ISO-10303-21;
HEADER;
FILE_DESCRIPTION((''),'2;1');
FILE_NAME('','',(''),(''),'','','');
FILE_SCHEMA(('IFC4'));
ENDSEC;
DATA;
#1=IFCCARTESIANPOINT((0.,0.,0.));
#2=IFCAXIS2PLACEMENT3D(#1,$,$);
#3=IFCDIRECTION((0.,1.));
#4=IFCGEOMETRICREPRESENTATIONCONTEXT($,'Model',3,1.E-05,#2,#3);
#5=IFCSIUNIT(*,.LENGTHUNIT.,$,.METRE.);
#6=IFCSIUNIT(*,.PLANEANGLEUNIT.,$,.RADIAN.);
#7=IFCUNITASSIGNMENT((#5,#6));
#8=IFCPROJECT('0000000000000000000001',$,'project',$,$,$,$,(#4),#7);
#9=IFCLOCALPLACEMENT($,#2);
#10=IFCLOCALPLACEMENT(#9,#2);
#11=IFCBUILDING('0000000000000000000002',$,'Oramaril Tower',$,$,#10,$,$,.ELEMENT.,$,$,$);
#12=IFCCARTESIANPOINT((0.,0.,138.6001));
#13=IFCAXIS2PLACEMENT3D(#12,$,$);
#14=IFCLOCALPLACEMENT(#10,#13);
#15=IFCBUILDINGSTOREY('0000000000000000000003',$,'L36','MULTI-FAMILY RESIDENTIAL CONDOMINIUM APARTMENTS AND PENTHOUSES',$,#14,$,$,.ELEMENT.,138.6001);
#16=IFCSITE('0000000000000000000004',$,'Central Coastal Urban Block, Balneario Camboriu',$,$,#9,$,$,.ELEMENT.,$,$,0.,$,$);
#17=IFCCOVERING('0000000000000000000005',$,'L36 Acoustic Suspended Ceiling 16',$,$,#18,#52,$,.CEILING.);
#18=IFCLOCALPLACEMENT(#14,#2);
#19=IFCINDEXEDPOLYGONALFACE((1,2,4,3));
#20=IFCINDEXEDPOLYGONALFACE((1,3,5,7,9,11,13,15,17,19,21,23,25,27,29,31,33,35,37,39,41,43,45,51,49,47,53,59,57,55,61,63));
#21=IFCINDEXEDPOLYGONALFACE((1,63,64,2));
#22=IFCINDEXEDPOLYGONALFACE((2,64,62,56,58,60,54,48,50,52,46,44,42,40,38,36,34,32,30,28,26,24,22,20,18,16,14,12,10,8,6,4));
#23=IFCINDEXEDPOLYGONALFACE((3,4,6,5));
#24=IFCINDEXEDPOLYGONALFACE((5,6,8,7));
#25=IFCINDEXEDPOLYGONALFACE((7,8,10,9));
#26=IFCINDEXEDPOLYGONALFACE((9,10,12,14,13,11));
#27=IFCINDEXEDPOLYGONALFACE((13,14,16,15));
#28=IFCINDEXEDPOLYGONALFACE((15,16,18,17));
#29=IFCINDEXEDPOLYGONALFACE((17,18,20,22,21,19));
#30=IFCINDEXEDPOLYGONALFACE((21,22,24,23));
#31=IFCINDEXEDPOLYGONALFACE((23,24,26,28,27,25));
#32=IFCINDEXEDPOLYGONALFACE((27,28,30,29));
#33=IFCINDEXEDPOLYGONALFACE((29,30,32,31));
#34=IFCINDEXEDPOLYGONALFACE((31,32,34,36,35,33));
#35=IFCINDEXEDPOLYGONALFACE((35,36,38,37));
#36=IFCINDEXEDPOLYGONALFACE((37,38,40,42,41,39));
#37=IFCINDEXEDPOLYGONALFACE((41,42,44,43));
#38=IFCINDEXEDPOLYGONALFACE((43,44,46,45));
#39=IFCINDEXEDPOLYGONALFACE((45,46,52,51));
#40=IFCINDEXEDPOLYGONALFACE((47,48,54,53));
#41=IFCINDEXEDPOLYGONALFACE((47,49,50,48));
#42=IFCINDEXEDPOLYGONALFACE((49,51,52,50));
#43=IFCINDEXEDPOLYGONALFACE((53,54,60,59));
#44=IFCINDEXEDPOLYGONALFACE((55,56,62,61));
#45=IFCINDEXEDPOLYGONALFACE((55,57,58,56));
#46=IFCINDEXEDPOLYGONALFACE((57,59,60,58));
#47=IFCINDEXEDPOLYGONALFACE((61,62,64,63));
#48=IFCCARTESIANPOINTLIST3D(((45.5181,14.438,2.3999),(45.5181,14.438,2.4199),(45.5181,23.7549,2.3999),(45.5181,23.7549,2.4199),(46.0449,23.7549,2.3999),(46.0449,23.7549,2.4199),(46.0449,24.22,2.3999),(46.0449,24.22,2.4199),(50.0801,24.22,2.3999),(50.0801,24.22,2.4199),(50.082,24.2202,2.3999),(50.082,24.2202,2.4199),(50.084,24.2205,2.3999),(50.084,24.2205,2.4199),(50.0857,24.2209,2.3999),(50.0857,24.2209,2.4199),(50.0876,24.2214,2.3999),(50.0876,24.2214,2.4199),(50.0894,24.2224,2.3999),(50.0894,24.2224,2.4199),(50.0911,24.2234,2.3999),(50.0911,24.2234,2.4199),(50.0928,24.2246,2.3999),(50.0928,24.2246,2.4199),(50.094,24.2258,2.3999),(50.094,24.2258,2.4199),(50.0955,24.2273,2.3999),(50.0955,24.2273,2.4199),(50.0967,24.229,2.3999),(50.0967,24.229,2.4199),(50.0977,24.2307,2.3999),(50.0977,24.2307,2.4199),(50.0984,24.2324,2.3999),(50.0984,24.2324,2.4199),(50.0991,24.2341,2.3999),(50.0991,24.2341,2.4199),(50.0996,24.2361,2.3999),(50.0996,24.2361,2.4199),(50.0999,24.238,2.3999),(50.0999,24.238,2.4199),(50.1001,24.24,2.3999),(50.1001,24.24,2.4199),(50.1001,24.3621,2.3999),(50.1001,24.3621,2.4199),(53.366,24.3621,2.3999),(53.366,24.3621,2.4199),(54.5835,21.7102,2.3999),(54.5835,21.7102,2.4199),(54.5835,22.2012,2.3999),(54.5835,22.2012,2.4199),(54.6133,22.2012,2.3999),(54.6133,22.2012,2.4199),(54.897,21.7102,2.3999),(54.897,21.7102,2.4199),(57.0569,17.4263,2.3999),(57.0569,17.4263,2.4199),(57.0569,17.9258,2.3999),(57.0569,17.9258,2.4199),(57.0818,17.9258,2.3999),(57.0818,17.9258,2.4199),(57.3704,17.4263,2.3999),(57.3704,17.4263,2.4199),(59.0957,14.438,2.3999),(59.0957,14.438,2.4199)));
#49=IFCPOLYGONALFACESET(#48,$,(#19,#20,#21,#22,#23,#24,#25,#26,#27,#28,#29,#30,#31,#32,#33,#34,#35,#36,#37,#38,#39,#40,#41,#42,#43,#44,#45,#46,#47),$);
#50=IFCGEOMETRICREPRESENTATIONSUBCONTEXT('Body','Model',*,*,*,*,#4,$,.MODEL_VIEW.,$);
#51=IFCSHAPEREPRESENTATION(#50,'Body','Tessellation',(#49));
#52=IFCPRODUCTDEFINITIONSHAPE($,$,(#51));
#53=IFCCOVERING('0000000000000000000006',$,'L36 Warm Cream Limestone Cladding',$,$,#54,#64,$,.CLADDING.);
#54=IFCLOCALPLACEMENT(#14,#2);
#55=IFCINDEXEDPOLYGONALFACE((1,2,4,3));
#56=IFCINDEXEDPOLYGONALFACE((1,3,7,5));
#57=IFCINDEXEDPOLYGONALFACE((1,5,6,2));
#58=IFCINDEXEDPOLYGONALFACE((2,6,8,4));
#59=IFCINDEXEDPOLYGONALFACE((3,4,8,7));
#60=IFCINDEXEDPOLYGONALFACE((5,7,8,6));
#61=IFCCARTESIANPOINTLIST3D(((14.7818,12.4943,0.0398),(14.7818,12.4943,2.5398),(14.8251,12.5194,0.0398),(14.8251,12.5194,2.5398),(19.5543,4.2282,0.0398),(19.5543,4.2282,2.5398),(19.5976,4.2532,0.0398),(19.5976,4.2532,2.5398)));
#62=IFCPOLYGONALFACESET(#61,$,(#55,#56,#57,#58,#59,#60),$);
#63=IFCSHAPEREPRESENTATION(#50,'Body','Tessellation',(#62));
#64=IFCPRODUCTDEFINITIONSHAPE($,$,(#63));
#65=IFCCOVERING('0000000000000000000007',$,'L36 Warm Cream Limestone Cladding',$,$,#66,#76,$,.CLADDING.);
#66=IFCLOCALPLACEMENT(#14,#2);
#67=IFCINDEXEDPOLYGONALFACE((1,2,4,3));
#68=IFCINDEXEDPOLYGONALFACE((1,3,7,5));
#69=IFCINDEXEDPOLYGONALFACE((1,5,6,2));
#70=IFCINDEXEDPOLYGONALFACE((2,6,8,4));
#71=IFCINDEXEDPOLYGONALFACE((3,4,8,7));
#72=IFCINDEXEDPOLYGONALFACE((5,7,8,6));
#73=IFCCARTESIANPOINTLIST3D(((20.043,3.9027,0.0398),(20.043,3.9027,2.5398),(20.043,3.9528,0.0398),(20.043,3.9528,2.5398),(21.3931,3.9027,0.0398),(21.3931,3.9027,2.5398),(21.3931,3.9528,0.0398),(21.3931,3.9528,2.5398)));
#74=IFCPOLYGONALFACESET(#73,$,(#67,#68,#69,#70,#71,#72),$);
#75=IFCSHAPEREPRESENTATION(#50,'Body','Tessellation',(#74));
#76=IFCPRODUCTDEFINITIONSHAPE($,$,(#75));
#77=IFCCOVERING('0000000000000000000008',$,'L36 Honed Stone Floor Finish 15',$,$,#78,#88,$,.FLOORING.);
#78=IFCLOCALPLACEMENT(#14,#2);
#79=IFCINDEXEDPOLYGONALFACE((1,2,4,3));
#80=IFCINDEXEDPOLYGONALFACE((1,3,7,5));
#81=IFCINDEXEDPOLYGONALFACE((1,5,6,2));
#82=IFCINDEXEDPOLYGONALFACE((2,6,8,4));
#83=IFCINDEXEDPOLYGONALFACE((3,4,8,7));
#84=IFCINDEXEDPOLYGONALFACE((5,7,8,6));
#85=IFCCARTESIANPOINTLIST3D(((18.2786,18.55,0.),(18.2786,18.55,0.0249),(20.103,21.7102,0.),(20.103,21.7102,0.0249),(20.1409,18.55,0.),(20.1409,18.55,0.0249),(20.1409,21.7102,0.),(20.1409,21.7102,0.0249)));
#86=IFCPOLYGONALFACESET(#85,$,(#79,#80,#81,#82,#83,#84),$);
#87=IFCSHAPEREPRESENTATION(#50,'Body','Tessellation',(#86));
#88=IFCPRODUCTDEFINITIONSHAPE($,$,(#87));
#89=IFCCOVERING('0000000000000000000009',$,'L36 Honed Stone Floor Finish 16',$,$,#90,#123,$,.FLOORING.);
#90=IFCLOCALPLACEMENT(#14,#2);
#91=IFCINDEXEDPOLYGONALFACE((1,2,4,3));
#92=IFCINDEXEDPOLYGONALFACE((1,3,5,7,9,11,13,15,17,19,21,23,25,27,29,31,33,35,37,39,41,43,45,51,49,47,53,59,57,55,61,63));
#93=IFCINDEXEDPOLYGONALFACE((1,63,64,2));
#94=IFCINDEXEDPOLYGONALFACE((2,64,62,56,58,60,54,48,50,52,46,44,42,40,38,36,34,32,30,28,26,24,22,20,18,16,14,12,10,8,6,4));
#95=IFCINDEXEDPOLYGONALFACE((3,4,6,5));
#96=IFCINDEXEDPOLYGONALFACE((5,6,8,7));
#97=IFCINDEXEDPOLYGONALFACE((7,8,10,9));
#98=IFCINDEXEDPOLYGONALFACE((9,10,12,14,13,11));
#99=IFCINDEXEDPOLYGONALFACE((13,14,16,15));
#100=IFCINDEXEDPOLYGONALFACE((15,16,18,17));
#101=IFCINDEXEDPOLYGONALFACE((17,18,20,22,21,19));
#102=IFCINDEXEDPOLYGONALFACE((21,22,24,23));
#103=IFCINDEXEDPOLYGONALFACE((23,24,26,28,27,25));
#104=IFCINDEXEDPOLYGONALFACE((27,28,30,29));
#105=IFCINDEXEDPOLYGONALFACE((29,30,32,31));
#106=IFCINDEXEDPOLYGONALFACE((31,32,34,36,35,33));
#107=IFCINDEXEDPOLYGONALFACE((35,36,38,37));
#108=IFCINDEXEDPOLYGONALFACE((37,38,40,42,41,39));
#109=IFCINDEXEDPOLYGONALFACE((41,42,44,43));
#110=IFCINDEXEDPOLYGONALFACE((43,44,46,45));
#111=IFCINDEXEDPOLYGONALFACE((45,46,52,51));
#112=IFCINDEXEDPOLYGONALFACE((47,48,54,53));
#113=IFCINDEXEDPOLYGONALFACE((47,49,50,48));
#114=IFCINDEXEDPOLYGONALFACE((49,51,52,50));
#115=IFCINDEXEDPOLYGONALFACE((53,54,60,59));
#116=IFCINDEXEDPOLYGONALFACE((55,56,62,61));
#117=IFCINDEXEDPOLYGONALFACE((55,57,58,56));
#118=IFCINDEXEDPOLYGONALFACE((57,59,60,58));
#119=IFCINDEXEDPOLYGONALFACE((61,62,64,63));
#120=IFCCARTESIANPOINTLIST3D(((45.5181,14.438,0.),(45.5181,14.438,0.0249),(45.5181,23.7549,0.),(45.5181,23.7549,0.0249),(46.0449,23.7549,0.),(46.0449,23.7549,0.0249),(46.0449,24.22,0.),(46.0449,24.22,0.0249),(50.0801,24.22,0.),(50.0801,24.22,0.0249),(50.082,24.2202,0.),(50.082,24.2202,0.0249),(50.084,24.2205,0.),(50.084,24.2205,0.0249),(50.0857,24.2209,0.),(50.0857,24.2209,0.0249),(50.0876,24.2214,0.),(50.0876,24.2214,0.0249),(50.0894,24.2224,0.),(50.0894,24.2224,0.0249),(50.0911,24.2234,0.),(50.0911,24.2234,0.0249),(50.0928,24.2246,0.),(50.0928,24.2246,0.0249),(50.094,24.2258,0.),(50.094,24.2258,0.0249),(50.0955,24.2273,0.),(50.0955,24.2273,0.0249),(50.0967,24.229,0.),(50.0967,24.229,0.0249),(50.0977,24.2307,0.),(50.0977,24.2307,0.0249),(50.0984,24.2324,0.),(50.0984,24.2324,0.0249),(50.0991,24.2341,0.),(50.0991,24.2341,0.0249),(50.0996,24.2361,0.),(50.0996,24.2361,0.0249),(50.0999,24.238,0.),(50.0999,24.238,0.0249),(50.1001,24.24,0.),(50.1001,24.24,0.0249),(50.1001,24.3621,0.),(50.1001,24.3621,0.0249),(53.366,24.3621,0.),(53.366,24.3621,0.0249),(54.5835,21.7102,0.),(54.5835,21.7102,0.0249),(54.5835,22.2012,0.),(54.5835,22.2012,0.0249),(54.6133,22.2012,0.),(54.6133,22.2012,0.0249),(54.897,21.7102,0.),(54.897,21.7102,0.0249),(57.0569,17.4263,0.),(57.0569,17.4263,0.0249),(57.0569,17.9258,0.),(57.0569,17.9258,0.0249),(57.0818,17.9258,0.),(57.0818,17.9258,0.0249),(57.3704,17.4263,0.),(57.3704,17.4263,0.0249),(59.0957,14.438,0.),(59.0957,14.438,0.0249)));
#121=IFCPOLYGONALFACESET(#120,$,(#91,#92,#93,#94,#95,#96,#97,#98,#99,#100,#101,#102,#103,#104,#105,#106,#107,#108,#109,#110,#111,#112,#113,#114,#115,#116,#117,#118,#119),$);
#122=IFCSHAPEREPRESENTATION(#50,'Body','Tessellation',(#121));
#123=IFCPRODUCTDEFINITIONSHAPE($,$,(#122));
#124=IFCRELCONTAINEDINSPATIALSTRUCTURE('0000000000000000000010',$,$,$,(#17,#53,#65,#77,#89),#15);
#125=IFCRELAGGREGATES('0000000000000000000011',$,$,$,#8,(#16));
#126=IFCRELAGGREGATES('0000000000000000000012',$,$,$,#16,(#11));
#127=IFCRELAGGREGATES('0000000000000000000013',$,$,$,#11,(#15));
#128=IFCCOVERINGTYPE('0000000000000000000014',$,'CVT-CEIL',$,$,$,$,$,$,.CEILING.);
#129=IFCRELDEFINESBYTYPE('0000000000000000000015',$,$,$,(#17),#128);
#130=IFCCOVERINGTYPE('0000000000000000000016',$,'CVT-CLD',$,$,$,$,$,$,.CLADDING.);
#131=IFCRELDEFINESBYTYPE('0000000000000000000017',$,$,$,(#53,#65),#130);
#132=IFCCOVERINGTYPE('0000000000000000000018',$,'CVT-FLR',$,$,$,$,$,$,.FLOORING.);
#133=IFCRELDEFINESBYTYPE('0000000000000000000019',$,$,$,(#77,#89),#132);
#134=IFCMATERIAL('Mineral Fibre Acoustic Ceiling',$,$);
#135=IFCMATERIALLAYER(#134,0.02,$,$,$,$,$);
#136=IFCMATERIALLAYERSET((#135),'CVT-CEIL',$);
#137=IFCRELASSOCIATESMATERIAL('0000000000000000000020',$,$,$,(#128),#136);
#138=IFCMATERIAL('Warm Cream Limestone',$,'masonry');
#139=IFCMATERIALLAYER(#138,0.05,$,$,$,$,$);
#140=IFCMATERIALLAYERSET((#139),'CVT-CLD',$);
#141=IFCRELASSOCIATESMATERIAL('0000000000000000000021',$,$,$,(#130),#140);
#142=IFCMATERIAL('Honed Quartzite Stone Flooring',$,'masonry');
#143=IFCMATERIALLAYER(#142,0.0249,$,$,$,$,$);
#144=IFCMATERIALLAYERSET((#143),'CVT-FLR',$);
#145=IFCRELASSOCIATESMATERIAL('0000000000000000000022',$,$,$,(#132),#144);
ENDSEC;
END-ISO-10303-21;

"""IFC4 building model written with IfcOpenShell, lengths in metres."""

from ifc_helpers import new_model, si_unit, direction, frame, origin, origin_2d, place, context, subcontext, project, spatial, polyline, rectangle, outline, extrude, material, layer, layer_set, type_object, element, save


model = new_model("IFC4")

# Units and contexts
model_context = context("Model", 3, precision=1e-05, world=origin(), true_north=direction((0.0, 1.0)))
body_context = subcontext(model_context, "Body", "Model", "MODEL_VIEW")
ifc_project = project(units=[si_unit("LENGTHUNIT", "METRE"), si_unit("PLANEANGLEUNIT", "RADIAN")], contexts=[model_context])

# Site, building, storey
site_placement = place(None, origin())
site = spatial("IfcSite", under=ifc_project, at=site_placement, Name="Central Coastal Urban Block, Balneario Camboriu", CompositionType="ELEMENT", RefElevation=0.0)
building_placement = place(site_placement, origin())
building = spatial("IfcBuilding", under=site, at=building_placement, Name="Oramaril Tower", CompositionType="ELEMENT")
storey_placement = place(building_placement, frame((0.0, 0.0, 138.6001)))
storey = spatial("IfcBuildingStorey", under=building, at=storey_placement, Name="L36", Description="MULTI-FAMILY RESIDENTIAL CONDOMINIUM APARTMENTS AND PENTHOUSES", CompositionType="ELEMENT", Elevation=138.6001)

# Coverings
ifc_material_1 = material(Name="Mineral Fibre Acoustic Ceiling")
ifc_layer_1 = layer(ifc_material_1, 0.02)
ifc_layer_set_1 = layer_set([ifc_layer_1], Name="CVT-CEIL")
covering_type_1 = type_object("IfcCoveringType", Name="CVT-CEIL", PredefinedType="CEILING", material=ifc_layer_set_1)
covering_1_placement = place(storey_placement, frame((0.0, 0.0, 2.3999)))
element("IfcCovering", 1, at=covering_1_placement, inside=storey, type_object=covering_type_1, Name="L36 Acoustic Suspended Ceiling 16", PredefinedType="CEILING", context=body_context, shape_type="SweptSolid", body=[
    extrude(outline(polyline([(54.6133, 22.2012), (54.5835, 22.2012), (54.5835, 21.7102), (54.897, 21.7102), (57.0818, 17.9258), (57.0569, 17.9258), (57.0569, 17.4263), (57.3704, 17.4263), (59.0957, 14.438), (45.5181, 14.438), (45.5181, 23.7549), (46.0449, 23.7549), (46.0449, 24.22), (50.0801, 24.22), (50.082, 24.2202), (50.084, 24.2205), (50.0857, 24.2209), (50.0876, 24.2214), (50.0894, 24.2224), (50.0911, 24.2234), (50.0928, 24.2246), (50.094, 24.2258), (50.0955, 24.2273), (50.0967, 24.229), (50.0977, 24.2307), (50.0984, 24.2324), (50.0991, 24.2341), (50.0996, 24.2361), (50.0999, 24.238), (50.1001, 24.24), (50.1001, 24.3621), (53.366, 24.3621), (54.6133, 22.2012)])), origin(), (0.0, 0.0, 1.0), 0.02),
])
ifc_material_2 = material(Name="Warm Cream Limestone", Category="masonry")
ifc_layer_2 = layer(ifc_material_2, 0.05)
ifc_layer_set_2 = layer_set([ifc_layer_2], Name="CVT-CLD")
covering_type_2 = type_object("IfcCoveringType", Name="CVT-CLD", PredefinedType="CLADDING", material=ifc_layer_set_2)
covering_2_placement = place(storey_placement, frame((17.1897, 8.3738, 0.0398), z_axis=(0.0, 0.0, 1.0), x_axis=(0.500002, -0.866025, 0.0)))
element("IfcCovering", 2, at=covering_2_placement, inside=storey, type_object=covering_type_2, Name="L36 Warm Cream Limestone Cladding", PredefinedType="CLADDING", context=body_context, shape_type="SweptSolid", body=[
    extrude(rectangle(XDim=9.5449, YDim=0.05, at=origin_2d()), origin(), (0.0, 0.0, 1.0), 2.5),
])
covering_3_placement = place(storey_placement, frame((20.718, 3.9277, 0.0398), z_axis=(0.0, 0.0, 1.0), x_axis=(1.0, 0.0, 0.0)))
element("IfcCovering", 3, at=covering_3_placement, inside=storey, type_object=covering_type_2, Name="L36 Warm Cream Limestone Cladding", PredefinedType="CLADDING", context=body_context, shape_type="SweptSolid", body=[
    extrude(rectangle(XDim=1.3501, YDim=0.05, at=origin_2d()), origin(), (0.0, 0.0, 1.0), 2.5),
])
ifc_material_3 = material(Name="Honed Quartzite Stone Flooring", Category="masonry")
ifc_layer_3 = layer(ifc_material_3, 0.0249)
ifc_layer_set_3 = layer_set([ifc_layer_3], Name="CVT-FLR")
covering_type_3 = type_object("IfcCoveringType", Name="CVT-FLR", PredefinedType="FLOORING", material=ifc_layer_set_3)
covering_4_placement = place(storey_placement, origin())
element("IfcCovering", 4, at=covering_4_placement, inside=storey, type_object=covering_type_3, Name="L36 Honed Stone Floor Finish 15", PredefinedType="FLOORING", context=body_context, shape_type="SweptSolid", body=[
    extrude(outline(polyline([(20.1409, 21.7102), (20.1409, 18.55), (18.2786, 18.55), (20.103, 21.7102), (20.1409, 21.7102)])), origin(), (0.0, 0.0, 1.0), 0.0249),
])
covering_5_placement = place(storey_placement, origin())
element("IfcCovering", 5, at=covering_5_placement, inside=storey, type_object=covering_type_3, Name="L36 Honed Stone Floor Finish 16", PredefinedType="FLOORING", context=body_context, shape_type="SweptSolid", body=[
    extrude(outline(polyline([(54.6133, 22.2012), (54.5835, 22.2012), (54.5835, 21.7102), (54.897, 21.7102), (57.0818, 17.9258), (57.0569, 17.9258), (57.0569, 17.4263), (57.3704, 17.4263), (59.0957, 14.438), (45.5181, 14.438), (45.5181, 23.7549), (46.0449, 23.7549), (46.0449, 24.22), (50.0801, 24.22), (50.082, 24.2202), (50.084, 24.2205), (50.0857, 24.2209), (50.0876, 24.2214), (50.0894, 24.2224), (50.0911, 24.2234), (50.0928, 24.2246), (50.094, 24.2258), (50.0955, 24.2273), (50.0967, 24.229), (50.0977, 24.2307), (50.0984, 24.2324), (50.0991, 24.2341), (50.0996, 24.2361), (50.0999, 24.238), (50.1001, 24.24), (50.1001, 24.3621), (53.366, 24.3621), (54.6133, 22.2012)])), origin(), (0.0, 0.0, 1.0), 0.0249),
])

save(model, "model.ifc")
